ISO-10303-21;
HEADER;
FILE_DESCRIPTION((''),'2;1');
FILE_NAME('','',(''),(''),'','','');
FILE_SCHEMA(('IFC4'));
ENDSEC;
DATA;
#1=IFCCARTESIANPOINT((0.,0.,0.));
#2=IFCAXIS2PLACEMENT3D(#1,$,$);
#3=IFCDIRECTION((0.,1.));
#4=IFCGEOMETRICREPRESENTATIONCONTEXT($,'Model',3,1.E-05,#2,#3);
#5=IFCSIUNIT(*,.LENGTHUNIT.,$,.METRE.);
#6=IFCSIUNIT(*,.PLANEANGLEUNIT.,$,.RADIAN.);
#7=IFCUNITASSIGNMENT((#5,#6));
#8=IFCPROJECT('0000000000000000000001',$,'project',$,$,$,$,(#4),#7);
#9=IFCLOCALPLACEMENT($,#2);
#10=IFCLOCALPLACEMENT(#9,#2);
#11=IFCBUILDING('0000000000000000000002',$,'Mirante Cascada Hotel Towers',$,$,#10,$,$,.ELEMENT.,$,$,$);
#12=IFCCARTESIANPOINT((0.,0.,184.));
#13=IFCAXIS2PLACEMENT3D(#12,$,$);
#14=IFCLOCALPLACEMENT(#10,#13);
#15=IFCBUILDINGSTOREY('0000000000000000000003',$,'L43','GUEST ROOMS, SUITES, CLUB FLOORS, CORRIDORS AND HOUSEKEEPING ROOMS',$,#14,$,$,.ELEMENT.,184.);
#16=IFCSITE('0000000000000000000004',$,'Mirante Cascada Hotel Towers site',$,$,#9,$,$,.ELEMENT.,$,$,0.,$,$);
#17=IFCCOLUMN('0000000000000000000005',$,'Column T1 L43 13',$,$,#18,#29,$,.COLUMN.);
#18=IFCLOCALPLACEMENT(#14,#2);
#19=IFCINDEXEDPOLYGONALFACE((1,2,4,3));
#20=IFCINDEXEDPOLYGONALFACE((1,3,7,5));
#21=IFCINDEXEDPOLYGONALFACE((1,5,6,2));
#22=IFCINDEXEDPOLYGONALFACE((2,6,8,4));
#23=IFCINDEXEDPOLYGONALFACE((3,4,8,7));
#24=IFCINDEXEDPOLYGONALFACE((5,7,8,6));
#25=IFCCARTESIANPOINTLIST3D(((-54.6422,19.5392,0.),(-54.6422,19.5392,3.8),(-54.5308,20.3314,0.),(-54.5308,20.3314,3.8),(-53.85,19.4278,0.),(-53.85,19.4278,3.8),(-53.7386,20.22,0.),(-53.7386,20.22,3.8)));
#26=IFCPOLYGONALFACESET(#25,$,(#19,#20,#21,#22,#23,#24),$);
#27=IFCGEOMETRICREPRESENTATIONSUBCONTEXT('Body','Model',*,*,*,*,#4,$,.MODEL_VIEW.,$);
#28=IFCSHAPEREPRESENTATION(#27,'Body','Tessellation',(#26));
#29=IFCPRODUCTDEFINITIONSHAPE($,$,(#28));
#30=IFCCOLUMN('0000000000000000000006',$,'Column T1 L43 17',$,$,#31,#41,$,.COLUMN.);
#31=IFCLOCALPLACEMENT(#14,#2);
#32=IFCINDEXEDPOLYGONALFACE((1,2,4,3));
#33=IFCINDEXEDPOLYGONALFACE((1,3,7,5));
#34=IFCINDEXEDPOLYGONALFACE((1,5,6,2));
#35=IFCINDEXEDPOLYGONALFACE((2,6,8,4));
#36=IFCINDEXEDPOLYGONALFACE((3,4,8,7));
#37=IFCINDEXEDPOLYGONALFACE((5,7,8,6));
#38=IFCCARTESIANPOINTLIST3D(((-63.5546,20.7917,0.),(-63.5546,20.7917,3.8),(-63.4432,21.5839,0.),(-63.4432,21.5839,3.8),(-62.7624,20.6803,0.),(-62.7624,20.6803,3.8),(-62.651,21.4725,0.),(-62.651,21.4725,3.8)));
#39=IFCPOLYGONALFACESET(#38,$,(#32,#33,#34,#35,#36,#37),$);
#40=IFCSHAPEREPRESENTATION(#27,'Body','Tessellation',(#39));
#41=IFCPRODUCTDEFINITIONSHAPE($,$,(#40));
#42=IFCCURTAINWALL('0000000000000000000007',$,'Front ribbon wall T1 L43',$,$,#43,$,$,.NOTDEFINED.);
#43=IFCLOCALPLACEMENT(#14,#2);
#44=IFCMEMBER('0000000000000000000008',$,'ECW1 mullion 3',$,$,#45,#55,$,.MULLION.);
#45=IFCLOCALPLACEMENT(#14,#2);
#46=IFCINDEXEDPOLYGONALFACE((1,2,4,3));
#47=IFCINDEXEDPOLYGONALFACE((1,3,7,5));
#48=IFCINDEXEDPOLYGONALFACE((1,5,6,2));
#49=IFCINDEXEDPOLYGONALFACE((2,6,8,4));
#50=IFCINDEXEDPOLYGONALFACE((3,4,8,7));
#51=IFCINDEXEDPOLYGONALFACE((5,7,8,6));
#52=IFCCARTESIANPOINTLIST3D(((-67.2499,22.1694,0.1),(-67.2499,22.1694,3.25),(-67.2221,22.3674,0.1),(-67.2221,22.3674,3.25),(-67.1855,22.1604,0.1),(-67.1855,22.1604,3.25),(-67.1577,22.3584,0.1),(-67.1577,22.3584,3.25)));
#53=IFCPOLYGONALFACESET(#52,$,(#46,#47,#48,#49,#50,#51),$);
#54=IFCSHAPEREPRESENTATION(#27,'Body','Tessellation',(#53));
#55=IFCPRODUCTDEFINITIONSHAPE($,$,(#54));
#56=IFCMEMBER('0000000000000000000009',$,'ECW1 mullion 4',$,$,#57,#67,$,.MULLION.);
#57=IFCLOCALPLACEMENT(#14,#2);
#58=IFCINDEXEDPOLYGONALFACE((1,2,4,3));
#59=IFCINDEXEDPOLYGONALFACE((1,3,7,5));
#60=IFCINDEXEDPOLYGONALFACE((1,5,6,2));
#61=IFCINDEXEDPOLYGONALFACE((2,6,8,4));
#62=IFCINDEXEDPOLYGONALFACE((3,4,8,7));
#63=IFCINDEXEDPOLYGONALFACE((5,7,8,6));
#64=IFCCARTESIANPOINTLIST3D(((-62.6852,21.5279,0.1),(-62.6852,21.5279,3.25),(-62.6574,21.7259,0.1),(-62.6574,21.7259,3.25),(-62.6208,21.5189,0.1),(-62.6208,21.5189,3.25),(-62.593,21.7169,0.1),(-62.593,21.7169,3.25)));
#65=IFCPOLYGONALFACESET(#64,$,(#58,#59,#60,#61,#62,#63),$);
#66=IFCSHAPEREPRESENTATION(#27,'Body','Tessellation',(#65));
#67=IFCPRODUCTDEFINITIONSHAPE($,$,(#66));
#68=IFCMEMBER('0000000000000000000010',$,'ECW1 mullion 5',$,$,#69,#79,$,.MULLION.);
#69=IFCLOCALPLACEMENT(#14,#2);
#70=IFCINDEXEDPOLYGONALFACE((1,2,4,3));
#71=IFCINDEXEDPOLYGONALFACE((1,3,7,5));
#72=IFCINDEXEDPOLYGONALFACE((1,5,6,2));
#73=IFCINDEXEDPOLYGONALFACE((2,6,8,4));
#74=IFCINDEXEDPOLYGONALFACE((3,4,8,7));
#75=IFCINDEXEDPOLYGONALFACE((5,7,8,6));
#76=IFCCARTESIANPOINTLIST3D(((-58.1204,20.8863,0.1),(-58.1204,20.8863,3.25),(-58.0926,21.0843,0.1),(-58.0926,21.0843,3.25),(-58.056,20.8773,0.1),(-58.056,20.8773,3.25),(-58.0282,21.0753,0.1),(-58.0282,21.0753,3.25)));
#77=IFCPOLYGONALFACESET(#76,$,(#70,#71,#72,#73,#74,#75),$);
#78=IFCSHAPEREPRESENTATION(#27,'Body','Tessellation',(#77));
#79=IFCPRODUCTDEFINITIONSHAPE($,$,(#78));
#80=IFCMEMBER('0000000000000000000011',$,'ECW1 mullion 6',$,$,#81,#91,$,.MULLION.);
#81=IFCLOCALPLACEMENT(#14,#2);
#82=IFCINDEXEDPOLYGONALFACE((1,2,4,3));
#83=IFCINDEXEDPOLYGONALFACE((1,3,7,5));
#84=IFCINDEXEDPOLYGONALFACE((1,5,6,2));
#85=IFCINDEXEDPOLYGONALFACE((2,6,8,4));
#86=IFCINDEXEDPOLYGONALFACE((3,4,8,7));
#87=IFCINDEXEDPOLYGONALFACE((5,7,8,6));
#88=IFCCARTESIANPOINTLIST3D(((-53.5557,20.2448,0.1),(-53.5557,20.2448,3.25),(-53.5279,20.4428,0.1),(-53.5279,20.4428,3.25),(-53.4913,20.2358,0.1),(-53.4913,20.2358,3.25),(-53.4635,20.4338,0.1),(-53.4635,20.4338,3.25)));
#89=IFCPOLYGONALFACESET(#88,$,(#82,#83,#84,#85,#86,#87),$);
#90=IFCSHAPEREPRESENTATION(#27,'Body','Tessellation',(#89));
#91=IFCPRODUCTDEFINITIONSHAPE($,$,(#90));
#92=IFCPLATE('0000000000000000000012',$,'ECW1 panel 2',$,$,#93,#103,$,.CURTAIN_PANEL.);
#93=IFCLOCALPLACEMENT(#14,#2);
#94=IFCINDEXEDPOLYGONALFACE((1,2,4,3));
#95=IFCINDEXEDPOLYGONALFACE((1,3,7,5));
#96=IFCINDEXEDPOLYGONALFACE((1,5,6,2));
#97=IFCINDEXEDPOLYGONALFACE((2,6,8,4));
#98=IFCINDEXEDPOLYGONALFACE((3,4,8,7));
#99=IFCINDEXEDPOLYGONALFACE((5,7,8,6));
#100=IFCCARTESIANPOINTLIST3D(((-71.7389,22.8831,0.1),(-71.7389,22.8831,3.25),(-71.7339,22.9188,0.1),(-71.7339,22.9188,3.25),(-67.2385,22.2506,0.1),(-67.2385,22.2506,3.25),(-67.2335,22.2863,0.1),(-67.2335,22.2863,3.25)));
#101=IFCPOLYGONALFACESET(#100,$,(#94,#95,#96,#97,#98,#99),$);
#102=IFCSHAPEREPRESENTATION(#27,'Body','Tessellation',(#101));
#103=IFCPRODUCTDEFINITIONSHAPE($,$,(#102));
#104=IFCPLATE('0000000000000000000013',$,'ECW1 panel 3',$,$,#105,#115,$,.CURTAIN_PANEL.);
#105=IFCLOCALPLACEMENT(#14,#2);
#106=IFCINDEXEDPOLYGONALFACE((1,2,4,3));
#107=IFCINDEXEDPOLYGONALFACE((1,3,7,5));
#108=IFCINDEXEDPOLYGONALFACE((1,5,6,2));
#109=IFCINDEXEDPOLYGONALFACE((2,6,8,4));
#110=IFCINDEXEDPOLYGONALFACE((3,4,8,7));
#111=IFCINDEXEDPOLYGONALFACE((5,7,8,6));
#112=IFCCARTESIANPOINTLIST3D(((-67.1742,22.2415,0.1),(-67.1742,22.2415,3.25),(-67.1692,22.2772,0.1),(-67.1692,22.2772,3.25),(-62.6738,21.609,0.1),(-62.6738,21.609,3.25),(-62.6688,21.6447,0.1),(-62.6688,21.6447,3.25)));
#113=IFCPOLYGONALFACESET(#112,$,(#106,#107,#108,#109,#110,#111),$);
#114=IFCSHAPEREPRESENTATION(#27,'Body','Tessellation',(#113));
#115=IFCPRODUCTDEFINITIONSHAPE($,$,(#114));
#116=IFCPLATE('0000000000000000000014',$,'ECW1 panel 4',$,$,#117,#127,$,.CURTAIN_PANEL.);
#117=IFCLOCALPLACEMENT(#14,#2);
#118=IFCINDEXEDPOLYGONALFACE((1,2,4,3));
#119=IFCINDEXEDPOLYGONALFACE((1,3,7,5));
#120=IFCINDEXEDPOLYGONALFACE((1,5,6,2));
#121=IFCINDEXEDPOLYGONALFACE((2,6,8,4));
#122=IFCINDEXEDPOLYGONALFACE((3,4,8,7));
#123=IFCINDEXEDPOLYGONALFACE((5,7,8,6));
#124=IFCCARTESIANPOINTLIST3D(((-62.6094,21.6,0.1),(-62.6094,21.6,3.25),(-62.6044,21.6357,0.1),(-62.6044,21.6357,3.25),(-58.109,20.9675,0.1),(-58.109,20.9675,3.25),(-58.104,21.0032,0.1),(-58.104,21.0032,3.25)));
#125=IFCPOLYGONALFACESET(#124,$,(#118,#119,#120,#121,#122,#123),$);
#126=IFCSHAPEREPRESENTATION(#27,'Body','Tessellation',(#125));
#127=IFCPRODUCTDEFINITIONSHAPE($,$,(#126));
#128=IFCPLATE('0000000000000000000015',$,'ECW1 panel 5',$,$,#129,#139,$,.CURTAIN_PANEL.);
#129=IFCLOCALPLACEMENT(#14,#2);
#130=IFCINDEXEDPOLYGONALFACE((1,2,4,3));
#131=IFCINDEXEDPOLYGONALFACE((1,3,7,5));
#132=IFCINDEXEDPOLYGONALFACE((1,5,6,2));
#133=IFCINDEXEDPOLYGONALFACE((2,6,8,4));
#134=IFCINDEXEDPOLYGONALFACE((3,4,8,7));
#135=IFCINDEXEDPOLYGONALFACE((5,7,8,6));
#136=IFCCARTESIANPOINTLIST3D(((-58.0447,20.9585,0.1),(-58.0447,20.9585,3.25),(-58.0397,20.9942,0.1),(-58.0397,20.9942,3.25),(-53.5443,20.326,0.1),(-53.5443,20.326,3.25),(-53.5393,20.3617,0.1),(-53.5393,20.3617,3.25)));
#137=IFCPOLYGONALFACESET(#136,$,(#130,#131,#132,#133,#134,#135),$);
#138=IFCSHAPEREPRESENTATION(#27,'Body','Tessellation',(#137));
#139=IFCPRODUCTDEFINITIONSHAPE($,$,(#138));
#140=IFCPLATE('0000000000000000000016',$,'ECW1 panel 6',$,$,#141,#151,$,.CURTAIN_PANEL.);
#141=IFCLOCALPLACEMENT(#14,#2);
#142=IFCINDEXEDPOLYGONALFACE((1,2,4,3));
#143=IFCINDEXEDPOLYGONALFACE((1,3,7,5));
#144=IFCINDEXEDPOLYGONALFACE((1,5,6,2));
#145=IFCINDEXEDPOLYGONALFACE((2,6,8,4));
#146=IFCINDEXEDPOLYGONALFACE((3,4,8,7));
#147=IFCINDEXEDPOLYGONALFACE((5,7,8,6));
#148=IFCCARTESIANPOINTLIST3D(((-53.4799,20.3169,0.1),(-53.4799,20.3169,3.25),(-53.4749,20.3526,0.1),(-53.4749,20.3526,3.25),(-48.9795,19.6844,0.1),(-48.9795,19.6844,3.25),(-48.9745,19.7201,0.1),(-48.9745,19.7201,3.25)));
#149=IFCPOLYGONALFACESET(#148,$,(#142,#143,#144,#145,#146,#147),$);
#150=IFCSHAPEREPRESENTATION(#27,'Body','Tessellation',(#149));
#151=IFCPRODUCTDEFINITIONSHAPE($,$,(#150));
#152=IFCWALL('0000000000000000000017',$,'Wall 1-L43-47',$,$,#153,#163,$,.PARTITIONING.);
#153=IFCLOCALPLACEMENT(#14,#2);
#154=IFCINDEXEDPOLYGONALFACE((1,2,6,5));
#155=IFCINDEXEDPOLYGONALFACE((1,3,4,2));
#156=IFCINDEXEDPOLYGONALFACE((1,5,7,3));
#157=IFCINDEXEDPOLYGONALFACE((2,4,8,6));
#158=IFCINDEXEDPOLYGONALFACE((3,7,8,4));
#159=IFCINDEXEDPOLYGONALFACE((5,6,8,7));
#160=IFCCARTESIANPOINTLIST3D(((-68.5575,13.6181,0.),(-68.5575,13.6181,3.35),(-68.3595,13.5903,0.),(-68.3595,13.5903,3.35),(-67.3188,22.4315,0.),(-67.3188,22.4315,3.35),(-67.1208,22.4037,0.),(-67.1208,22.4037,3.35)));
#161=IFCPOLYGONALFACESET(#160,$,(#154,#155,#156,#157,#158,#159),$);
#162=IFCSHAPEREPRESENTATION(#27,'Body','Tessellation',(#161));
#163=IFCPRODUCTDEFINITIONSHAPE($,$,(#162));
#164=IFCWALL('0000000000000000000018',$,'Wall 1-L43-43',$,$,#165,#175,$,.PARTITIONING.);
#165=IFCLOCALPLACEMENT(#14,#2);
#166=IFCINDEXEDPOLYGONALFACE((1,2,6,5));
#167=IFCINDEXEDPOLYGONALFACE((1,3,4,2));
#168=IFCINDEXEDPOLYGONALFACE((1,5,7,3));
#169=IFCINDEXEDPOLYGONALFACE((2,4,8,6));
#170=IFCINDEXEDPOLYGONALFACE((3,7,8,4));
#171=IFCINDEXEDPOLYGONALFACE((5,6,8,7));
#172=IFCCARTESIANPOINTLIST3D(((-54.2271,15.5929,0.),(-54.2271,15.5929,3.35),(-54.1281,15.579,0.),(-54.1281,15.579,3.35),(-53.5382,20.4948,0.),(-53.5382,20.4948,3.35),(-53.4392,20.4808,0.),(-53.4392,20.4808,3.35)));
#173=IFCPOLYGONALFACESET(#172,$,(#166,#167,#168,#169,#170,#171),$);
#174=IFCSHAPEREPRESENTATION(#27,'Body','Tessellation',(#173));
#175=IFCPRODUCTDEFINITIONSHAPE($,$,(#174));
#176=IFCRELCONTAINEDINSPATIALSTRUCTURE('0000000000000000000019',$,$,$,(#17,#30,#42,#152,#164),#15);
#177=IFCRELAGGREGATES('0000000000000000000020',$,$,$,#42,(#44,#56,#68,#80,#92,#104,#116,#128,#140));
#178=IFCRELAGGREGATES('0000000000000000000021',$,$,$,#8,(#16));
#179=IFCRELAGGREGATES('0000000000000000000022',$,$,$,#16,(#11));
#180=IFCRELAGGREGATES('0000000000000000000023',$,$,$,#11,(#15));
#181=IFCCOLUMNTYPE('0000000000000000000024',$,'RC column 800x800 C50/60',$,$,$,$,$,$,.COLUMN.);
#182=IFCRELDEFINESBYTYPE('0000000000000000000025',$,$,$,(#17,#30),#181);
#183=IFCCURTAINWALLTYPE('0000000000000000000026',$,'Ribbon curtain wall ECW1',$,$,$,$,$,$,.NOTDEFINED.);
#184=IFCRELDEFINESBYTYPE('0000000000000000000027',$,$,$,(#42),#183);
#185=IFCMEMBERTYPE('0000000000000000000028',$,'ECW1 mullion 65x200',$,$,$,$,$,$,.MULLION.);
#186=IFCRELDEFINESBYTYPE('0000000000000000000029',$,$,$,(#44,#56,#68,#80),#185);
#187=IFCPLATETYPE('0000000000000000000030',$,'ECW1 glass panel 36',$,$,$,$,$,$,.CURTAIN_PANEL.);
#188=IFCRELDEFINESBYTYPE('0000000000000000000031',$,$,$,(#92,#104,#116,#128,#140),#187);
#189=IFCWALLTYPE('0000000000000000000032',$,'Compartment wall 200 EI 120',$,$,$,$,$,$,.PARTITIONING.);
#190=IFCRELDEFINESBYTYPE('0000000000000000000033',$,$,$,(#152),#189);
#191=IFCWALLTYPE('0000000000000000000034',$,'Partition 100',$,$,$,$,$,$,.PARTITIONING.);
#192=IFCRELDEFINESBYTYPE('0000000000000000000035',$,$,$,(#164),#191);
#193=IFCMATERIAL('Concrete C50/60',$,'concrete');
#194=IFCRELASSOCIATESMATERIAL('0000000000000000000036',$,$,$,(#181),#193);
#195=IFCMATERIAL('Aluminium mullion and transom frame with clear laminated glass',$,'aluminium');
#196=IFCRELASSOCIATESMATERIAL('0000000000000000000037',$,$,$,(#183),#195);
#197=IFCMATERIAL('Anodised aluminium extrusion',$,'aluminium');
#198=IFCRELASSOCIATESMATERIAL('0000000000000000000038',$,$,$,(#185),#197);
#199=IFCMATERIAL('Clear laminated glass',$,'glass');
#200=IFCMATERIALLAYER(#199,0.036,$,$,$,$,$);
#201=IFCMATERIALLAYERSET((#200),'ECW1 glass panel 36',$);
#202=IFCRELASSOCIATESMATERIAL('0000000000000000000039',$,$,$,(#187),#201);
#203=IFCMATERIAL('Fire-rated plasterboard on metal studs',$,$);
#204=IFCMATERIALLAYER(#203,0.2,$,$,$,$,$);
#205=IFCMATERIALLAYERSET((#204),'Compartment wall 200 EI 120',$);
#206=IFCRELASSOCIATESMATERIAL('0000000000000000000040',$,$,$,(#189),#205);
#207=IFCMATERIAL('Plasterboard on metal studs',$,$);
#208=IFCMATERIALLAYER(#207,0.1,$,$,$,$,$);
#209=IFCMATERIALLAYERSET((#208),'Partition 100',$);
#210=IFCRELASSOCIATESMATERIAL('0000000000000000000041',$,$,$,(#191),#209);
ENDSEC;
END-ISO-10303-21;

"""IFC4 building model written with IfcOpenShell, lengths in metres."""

from ifc_helpers import new_model, si_unit, direction, frame, frame_2d, origin, origin_2d, place, context, subcontext, project, spatial, rectangle, extrude, material, layer, layer_set, material_profile, profile_set, type_object, element, aggregate, save


model = new_model("IFC4")

# Units and contexts
model_context = context("Model", 3, precision=1e-05, world=origin(), true_north=direction((0.0, 1.0)))
body_context = subcontext(model_context, "Body", "Model", "MODEL_VIEW")
ifc_project = project(units=[si_unit("LENGTHUNIT", "METRE"), si_unit("PLANEANGLEUNIT", "RADIAN")], contexts=[model_context])

# Site, building, storey
site_placement = place(None, origin())
site = spatial("IfcSite", under=ifc_project, at=site_placement, Name="Mirante Cascada Hotel Towers site", CompositionType="ELEMENT", RefElevation=0.0)
building_placement = place(site_placement, origin())
building = spatial("IfcBuilding", under=site, at=building_placement, Name="Mirante Cascada Hotel Towers", CompositionType="ELEMENT")
storey_placement = place(building_placement, frame((0.0, 0.0, 184.0)))
storey = spatial("IfcBuildingStorey", under=building, at=storey_placement, Name="L43", Description="GUEST ROOMS, SUITES, CLUB FLOORS, CORRIDORS AND HOUSEKEEPING ROOMS", CompositionType="ELEMENT", Elevation=184.0)

# Columns
ifc_material_1 = material(Name="Concrete C50/60", Category="concrete")
ifc_material_profile_1 = material_profile(ifc_material_1, rectangle(XDim=0.8, YDim=0.8, at=origin_2d()), Name="RC column 800x800 C50/60")
ifc_profile_set_1 = profile_set([ifc_material_profile_1], Name="Concrete C50/60")
column_type = type_object("IfcColumnType", Name="RC column 800x800 C50/60", PredefinedType="COLUMN", material=ifc_profile_set_1)
for number, where, z_axis, x_axis, name in (
    (1, (-54.1904, 19.8796, 0.0), (0.0, 0.0, 1.0), (-0.990268, 0.139173, 0.0), "Column T1 L43 13"),
    (2, (-63.1028, 21.1321, 0.0), (0.0, 0.0, 1.0), (-0.990268, 0.139173, 0.0), "Column T1 L43 17"),
):
    element("IfcColumn", number, at=place(storey_placement, frame(where, z_axis=z_axis, x_axis=x_axis)), inside=storey, type_object=column_type, Name=name, PredefinedType="COLUMN", context=body_context, shape_type="SweptSolid", body=[
        extrude(rectangle(XDim=0.8, YDim=0.8, at=origin_2d()), origin(), (0.0, 0.0, 1.0), 3.8),
    ])

# Curtain wall, members, plates
ifc_material_2 = material(Name="Aluminium mullion and transom frame with clear laminated glass", Category="aluminium")
curtain_wall_type = type_object("IfcCurtainWallType", Name="Ribbon curtain wall ECW1", PredefinedType="NOTDEFINED", material=ifc_material_2)
curtain_wall_placement = place(storey_placement, origin())
curtain_wall = element("IfcCurtainWall", 3, at=curtain_wall_placement, inside=storey, type_object=curtain_wall_type, Name="Front ribbon wall T1 L43", PredefinedType="NOTDEFINED")
ifc_material_3 = material(Name="Anodised aluminium extrusion", Category="aluminium")
ifc_material_profile_2 = material_profile(ifc_material_3, rectangle(XDim=0.2, YDim=0.065, at=origin_2d()), Name="ECW1 MULLION 65x200")
ifc_profile_set_2 = profile_set([ifc_material_profile_2], Name="Anodised aluminium extrusion")
member_type = type_object("IfcMemberType", Name="ECW1 mullion 65x200", PredefinedType="MULLION", material=ifc_profile_set_2)
member_1_placement = place(storey_placement, frame((-67.2038, 22.2639, 0.1), z_axis=(0.0, 0.0, 1.0), x_axis=(0.139173, 0.990268, 0.0)))
member_1 = element("IfcMember", 4, at=member_1_placement, type_object=member_type, Name="ECW1 mullion 3", PredefinedType="MULLION", context=body_context, shape_type="SweptSolid", body=[
    extrude(rectangle(XDim=0.2, YDim=0.065, at=origin_2d()), origin(), (0.0, 0.0, 1.0), 3.15),
])
member_2_placement = place(storey_placement, frame((-62.6391, 21.6224, 0.1), z_axis=(0.0, 0.0, 1.0), x_axis=(0.139173, 0.990268, 0.0)))
member_2 = element("IfcMember", 5, at=member_2_placement, type_object=member_type, Name="ECW1 mullion 4", PredefinedType="MULLION", context=body_context, shape_type="SweptSolid", body=[
    extrude(rectangle(XDim=0.2, YDim=0.065, at=origin_2d()), origin(), (0.0, 0.0, 1.0), 3.15),
])
member_3_placement = place(storey_placement, frame((-58.0743, 20.9808, 0.1), z_axis=(0.0, 0.0, 1.0), x_axis=(0.139173, 0.990268, 0.0)))
member_3 = element("IfcMember", 6, at=member_3_placement, type_object=member_type, Name="ECW1 mullion 5", PredefinedType="MULLION", context=body_context, shape_type="SweptSolid", body=[
    extrude(rectangle(XDim=0.2, YDim=0.065, at=origin_2d()), origin(), (0.0, 0.0, 1.0), 3.15),
])
member_4_placement = place(storey_placement, frame((-53.5096, 20.3393, 0.1), z_axis=(0.0, 0.0, 1.0), x_axis=(0.139173, 0.990268, 0.0)))
member_4 = element("IfcMember", 7, at=member_4_placement, type_object=member_type, Name="ECW1 mullion 6", PredefinedType="MULLION", context=body_context, shape_type="SweptSolid", body=[
    extrude(rectangle(XDim=0.2, YDim=0.065, at=origin_2d()), origin(), (0.0, 0.0, 1.0), 3.15),
])
ifc_material_4 = material(Name="Clear laminated glass", Category="glass")
ifc_layer_1 = layer(ifc_material_4, 0.036)
ifc_layer_set_1 = layer_set([ifc_layer_1], Name="ECW1 glass panel 36")
plate_type = type_object("IfcPlateType", Name="ECW1 glass panel 36", PredefinedType="CURTAIN_PANEL", material=ifc_layer_set_1)
plate_1_placement = place(storey_placement, frame((-69.4862, 22.5847, 0.1), z_axis=(0.0, 0.0, 1.0), x_axis=(0.990268, -0.139173, 0.0)))
plate_1 = element("IfcPlate", 8, at=plate_1_placement, type_object=plate_type, Name="ECW1 panel 2", PredefinedType="CURTAIN_PANEL", context=body_context, shape_type="SweptSolid", body=[
    extrude(rectangle(XDim=4.5446, YDim=0.036, at=origin_2d()), origin(), (0.0, 0.0, 1.0), 3.15),
])
plate_2_placement = place(storey_placement, frame((-64.9215, 21.9431, 0.1), z_axis=(0.0, 0.0, 1.0), x_axis=(0.990268, -0.139173, 0.0)))
plate_2 = element("IfcPlate", 9, at=plate_2_placement, type_object=plate_type, Name="ECW1 panel 3", PredefinedType="CURTAIN_PANEL", context=body_context, shape_type="SweptSolid", body=[
    extrude(rectangle(XDim=4.5446, YDim=0.036, at=origin_2d()), origin(), (0.0, 0.0, 1.0), 3.15),
])
plate_3_placement = place(storey_placement, frame((-60.3567, 21.3016, 0.1), z_axis=(0.0, 0.0, 1.0), x_axis=(0.990268, -0.139173, 0.0)))
plate_3 = element("IfcPlate", 10, at=plate_3_placement, type_object=plate_type, Name="ECW1 panel 4", PredefinedType="CURTAIN_PANEL", context=body_context, shape_type="SweptSolid", body=[
    extrude(rectangle(XDim=4.5446, YDim=0.036, at=origin_2d()), origin(), (0.0, 0.0, 1.0), 3.15),
])
plate_4_placement = place(storey_placement, frame((-55.792, 20.6601, 0.1), z_axis=(0.0, 0.0, 1.0), x_axis=(0.990268, -0.139173, 0.0)))
plate_4 = element("IfcPlate", 11, at=plate_4_placement, type_object=plate_type, Name="ECW1 panel 5", PredefinedType="CURTAIN_PANEL", context=body_context, shape_type="SweptSolid", body=[
    extrude(rectangle(XDim=4.5446, YDim=0.036, at=origin_2d()), origin(), (0.0, 0.0, 1.0), 3.15),
])
plate_5_placement = place(storey_placement, frame((-51.2272, 20.0185, 0.1), z_axis=(0.0, 0.0, 1.0), x_axis=(0.990268, -0.139173, 0.0)))
plate_5 = element("IfcPlate", 12, at=plate_5_placement, type_object=plate_type, Name="ECW1 panel 6", PredefinedType="CURTAIN_PANEL", context=body_context, shape_type="SweptSolid", body=[
    extrude(rectangle(XDim=4.5446, YDim=0.036, at=origin_2d()), origin(), (0.0, 0.0, 1.0), 3.15),
])
aggregate(curtain_wall, [member_1, member_2, member_3, member_4, plate_1, plate_2, plate_3, plate_4, plate_5])

# Walls
ifc_material_5 = material(Name="Fire-rated plasterboard on metal studs")
ifc_layer_2 = layer(ifc_material_5, 0.2)
ifc_layer_set_2 = layer_set([ifc_layer_2], Name="Compartment wall 200 EI 120")
wall_type_1 = type_object("IfcWallType", Name="Compartment wall 200 EI 120", PredefinedType="PARTITIONING", material=ifc_layer_set_2)
wall_1_placement = place(storey_placement, frame((-67.2198, 22.4176, 0.0), z_axis=(0.0, 0.0, 1.0), x_axis=(-0.139179, -0.990267, 0.0)))
element("IfcWall", 13, at=wall_1_placement, inside=storey, type_object=wall_type_1, Name="Wall 1-L43-47", PredefinedType="PARTITIONING", context=body_context, shape_type="SweptSolid", body=[
    extrude(rectangle(XDim=8.9, YDim=0.2, at=frame_2d((4.45, 0.0))), origin(), (0.0, 0.0, 1.0), 3.35),
])
ifc_material_6 = material(Name="Plasterboard on metal studs")
ifc_layer_3 = layer(ifc_material_6, 0.1)
ifc_layer_set_3 = layer_set([ifc_layer_3], Name="Partition 100")
wall_type_2 = type_object("IfcWallType", Name="Partition 100", PredefinedType="PARTITIONING", material=ifc_layer_set_3)
wall_2_placement = place(storey_placement, frame((-53.4887, 20.4878, 0.0), z_axis=(0.0, 0.0, 1.0), x_axis=(-0.139173, -0.990268, 0.0)))
element("IfcWall", 14, at=wall_2_placement, inside=storey, type_object=wall_type_2, Name="Wall 1-L43-43", PredefinedType="PARTITIONING", context=body_context, shape_type="SweptSolid", body=[
    extrude(rectangle(XDim=4.95, YDim=0.1, at=frame_2d((2.475, 0.0))), origin(), (0.0, 0.0, 1.0), 3.35),
])

save(model, "model.ifc")
